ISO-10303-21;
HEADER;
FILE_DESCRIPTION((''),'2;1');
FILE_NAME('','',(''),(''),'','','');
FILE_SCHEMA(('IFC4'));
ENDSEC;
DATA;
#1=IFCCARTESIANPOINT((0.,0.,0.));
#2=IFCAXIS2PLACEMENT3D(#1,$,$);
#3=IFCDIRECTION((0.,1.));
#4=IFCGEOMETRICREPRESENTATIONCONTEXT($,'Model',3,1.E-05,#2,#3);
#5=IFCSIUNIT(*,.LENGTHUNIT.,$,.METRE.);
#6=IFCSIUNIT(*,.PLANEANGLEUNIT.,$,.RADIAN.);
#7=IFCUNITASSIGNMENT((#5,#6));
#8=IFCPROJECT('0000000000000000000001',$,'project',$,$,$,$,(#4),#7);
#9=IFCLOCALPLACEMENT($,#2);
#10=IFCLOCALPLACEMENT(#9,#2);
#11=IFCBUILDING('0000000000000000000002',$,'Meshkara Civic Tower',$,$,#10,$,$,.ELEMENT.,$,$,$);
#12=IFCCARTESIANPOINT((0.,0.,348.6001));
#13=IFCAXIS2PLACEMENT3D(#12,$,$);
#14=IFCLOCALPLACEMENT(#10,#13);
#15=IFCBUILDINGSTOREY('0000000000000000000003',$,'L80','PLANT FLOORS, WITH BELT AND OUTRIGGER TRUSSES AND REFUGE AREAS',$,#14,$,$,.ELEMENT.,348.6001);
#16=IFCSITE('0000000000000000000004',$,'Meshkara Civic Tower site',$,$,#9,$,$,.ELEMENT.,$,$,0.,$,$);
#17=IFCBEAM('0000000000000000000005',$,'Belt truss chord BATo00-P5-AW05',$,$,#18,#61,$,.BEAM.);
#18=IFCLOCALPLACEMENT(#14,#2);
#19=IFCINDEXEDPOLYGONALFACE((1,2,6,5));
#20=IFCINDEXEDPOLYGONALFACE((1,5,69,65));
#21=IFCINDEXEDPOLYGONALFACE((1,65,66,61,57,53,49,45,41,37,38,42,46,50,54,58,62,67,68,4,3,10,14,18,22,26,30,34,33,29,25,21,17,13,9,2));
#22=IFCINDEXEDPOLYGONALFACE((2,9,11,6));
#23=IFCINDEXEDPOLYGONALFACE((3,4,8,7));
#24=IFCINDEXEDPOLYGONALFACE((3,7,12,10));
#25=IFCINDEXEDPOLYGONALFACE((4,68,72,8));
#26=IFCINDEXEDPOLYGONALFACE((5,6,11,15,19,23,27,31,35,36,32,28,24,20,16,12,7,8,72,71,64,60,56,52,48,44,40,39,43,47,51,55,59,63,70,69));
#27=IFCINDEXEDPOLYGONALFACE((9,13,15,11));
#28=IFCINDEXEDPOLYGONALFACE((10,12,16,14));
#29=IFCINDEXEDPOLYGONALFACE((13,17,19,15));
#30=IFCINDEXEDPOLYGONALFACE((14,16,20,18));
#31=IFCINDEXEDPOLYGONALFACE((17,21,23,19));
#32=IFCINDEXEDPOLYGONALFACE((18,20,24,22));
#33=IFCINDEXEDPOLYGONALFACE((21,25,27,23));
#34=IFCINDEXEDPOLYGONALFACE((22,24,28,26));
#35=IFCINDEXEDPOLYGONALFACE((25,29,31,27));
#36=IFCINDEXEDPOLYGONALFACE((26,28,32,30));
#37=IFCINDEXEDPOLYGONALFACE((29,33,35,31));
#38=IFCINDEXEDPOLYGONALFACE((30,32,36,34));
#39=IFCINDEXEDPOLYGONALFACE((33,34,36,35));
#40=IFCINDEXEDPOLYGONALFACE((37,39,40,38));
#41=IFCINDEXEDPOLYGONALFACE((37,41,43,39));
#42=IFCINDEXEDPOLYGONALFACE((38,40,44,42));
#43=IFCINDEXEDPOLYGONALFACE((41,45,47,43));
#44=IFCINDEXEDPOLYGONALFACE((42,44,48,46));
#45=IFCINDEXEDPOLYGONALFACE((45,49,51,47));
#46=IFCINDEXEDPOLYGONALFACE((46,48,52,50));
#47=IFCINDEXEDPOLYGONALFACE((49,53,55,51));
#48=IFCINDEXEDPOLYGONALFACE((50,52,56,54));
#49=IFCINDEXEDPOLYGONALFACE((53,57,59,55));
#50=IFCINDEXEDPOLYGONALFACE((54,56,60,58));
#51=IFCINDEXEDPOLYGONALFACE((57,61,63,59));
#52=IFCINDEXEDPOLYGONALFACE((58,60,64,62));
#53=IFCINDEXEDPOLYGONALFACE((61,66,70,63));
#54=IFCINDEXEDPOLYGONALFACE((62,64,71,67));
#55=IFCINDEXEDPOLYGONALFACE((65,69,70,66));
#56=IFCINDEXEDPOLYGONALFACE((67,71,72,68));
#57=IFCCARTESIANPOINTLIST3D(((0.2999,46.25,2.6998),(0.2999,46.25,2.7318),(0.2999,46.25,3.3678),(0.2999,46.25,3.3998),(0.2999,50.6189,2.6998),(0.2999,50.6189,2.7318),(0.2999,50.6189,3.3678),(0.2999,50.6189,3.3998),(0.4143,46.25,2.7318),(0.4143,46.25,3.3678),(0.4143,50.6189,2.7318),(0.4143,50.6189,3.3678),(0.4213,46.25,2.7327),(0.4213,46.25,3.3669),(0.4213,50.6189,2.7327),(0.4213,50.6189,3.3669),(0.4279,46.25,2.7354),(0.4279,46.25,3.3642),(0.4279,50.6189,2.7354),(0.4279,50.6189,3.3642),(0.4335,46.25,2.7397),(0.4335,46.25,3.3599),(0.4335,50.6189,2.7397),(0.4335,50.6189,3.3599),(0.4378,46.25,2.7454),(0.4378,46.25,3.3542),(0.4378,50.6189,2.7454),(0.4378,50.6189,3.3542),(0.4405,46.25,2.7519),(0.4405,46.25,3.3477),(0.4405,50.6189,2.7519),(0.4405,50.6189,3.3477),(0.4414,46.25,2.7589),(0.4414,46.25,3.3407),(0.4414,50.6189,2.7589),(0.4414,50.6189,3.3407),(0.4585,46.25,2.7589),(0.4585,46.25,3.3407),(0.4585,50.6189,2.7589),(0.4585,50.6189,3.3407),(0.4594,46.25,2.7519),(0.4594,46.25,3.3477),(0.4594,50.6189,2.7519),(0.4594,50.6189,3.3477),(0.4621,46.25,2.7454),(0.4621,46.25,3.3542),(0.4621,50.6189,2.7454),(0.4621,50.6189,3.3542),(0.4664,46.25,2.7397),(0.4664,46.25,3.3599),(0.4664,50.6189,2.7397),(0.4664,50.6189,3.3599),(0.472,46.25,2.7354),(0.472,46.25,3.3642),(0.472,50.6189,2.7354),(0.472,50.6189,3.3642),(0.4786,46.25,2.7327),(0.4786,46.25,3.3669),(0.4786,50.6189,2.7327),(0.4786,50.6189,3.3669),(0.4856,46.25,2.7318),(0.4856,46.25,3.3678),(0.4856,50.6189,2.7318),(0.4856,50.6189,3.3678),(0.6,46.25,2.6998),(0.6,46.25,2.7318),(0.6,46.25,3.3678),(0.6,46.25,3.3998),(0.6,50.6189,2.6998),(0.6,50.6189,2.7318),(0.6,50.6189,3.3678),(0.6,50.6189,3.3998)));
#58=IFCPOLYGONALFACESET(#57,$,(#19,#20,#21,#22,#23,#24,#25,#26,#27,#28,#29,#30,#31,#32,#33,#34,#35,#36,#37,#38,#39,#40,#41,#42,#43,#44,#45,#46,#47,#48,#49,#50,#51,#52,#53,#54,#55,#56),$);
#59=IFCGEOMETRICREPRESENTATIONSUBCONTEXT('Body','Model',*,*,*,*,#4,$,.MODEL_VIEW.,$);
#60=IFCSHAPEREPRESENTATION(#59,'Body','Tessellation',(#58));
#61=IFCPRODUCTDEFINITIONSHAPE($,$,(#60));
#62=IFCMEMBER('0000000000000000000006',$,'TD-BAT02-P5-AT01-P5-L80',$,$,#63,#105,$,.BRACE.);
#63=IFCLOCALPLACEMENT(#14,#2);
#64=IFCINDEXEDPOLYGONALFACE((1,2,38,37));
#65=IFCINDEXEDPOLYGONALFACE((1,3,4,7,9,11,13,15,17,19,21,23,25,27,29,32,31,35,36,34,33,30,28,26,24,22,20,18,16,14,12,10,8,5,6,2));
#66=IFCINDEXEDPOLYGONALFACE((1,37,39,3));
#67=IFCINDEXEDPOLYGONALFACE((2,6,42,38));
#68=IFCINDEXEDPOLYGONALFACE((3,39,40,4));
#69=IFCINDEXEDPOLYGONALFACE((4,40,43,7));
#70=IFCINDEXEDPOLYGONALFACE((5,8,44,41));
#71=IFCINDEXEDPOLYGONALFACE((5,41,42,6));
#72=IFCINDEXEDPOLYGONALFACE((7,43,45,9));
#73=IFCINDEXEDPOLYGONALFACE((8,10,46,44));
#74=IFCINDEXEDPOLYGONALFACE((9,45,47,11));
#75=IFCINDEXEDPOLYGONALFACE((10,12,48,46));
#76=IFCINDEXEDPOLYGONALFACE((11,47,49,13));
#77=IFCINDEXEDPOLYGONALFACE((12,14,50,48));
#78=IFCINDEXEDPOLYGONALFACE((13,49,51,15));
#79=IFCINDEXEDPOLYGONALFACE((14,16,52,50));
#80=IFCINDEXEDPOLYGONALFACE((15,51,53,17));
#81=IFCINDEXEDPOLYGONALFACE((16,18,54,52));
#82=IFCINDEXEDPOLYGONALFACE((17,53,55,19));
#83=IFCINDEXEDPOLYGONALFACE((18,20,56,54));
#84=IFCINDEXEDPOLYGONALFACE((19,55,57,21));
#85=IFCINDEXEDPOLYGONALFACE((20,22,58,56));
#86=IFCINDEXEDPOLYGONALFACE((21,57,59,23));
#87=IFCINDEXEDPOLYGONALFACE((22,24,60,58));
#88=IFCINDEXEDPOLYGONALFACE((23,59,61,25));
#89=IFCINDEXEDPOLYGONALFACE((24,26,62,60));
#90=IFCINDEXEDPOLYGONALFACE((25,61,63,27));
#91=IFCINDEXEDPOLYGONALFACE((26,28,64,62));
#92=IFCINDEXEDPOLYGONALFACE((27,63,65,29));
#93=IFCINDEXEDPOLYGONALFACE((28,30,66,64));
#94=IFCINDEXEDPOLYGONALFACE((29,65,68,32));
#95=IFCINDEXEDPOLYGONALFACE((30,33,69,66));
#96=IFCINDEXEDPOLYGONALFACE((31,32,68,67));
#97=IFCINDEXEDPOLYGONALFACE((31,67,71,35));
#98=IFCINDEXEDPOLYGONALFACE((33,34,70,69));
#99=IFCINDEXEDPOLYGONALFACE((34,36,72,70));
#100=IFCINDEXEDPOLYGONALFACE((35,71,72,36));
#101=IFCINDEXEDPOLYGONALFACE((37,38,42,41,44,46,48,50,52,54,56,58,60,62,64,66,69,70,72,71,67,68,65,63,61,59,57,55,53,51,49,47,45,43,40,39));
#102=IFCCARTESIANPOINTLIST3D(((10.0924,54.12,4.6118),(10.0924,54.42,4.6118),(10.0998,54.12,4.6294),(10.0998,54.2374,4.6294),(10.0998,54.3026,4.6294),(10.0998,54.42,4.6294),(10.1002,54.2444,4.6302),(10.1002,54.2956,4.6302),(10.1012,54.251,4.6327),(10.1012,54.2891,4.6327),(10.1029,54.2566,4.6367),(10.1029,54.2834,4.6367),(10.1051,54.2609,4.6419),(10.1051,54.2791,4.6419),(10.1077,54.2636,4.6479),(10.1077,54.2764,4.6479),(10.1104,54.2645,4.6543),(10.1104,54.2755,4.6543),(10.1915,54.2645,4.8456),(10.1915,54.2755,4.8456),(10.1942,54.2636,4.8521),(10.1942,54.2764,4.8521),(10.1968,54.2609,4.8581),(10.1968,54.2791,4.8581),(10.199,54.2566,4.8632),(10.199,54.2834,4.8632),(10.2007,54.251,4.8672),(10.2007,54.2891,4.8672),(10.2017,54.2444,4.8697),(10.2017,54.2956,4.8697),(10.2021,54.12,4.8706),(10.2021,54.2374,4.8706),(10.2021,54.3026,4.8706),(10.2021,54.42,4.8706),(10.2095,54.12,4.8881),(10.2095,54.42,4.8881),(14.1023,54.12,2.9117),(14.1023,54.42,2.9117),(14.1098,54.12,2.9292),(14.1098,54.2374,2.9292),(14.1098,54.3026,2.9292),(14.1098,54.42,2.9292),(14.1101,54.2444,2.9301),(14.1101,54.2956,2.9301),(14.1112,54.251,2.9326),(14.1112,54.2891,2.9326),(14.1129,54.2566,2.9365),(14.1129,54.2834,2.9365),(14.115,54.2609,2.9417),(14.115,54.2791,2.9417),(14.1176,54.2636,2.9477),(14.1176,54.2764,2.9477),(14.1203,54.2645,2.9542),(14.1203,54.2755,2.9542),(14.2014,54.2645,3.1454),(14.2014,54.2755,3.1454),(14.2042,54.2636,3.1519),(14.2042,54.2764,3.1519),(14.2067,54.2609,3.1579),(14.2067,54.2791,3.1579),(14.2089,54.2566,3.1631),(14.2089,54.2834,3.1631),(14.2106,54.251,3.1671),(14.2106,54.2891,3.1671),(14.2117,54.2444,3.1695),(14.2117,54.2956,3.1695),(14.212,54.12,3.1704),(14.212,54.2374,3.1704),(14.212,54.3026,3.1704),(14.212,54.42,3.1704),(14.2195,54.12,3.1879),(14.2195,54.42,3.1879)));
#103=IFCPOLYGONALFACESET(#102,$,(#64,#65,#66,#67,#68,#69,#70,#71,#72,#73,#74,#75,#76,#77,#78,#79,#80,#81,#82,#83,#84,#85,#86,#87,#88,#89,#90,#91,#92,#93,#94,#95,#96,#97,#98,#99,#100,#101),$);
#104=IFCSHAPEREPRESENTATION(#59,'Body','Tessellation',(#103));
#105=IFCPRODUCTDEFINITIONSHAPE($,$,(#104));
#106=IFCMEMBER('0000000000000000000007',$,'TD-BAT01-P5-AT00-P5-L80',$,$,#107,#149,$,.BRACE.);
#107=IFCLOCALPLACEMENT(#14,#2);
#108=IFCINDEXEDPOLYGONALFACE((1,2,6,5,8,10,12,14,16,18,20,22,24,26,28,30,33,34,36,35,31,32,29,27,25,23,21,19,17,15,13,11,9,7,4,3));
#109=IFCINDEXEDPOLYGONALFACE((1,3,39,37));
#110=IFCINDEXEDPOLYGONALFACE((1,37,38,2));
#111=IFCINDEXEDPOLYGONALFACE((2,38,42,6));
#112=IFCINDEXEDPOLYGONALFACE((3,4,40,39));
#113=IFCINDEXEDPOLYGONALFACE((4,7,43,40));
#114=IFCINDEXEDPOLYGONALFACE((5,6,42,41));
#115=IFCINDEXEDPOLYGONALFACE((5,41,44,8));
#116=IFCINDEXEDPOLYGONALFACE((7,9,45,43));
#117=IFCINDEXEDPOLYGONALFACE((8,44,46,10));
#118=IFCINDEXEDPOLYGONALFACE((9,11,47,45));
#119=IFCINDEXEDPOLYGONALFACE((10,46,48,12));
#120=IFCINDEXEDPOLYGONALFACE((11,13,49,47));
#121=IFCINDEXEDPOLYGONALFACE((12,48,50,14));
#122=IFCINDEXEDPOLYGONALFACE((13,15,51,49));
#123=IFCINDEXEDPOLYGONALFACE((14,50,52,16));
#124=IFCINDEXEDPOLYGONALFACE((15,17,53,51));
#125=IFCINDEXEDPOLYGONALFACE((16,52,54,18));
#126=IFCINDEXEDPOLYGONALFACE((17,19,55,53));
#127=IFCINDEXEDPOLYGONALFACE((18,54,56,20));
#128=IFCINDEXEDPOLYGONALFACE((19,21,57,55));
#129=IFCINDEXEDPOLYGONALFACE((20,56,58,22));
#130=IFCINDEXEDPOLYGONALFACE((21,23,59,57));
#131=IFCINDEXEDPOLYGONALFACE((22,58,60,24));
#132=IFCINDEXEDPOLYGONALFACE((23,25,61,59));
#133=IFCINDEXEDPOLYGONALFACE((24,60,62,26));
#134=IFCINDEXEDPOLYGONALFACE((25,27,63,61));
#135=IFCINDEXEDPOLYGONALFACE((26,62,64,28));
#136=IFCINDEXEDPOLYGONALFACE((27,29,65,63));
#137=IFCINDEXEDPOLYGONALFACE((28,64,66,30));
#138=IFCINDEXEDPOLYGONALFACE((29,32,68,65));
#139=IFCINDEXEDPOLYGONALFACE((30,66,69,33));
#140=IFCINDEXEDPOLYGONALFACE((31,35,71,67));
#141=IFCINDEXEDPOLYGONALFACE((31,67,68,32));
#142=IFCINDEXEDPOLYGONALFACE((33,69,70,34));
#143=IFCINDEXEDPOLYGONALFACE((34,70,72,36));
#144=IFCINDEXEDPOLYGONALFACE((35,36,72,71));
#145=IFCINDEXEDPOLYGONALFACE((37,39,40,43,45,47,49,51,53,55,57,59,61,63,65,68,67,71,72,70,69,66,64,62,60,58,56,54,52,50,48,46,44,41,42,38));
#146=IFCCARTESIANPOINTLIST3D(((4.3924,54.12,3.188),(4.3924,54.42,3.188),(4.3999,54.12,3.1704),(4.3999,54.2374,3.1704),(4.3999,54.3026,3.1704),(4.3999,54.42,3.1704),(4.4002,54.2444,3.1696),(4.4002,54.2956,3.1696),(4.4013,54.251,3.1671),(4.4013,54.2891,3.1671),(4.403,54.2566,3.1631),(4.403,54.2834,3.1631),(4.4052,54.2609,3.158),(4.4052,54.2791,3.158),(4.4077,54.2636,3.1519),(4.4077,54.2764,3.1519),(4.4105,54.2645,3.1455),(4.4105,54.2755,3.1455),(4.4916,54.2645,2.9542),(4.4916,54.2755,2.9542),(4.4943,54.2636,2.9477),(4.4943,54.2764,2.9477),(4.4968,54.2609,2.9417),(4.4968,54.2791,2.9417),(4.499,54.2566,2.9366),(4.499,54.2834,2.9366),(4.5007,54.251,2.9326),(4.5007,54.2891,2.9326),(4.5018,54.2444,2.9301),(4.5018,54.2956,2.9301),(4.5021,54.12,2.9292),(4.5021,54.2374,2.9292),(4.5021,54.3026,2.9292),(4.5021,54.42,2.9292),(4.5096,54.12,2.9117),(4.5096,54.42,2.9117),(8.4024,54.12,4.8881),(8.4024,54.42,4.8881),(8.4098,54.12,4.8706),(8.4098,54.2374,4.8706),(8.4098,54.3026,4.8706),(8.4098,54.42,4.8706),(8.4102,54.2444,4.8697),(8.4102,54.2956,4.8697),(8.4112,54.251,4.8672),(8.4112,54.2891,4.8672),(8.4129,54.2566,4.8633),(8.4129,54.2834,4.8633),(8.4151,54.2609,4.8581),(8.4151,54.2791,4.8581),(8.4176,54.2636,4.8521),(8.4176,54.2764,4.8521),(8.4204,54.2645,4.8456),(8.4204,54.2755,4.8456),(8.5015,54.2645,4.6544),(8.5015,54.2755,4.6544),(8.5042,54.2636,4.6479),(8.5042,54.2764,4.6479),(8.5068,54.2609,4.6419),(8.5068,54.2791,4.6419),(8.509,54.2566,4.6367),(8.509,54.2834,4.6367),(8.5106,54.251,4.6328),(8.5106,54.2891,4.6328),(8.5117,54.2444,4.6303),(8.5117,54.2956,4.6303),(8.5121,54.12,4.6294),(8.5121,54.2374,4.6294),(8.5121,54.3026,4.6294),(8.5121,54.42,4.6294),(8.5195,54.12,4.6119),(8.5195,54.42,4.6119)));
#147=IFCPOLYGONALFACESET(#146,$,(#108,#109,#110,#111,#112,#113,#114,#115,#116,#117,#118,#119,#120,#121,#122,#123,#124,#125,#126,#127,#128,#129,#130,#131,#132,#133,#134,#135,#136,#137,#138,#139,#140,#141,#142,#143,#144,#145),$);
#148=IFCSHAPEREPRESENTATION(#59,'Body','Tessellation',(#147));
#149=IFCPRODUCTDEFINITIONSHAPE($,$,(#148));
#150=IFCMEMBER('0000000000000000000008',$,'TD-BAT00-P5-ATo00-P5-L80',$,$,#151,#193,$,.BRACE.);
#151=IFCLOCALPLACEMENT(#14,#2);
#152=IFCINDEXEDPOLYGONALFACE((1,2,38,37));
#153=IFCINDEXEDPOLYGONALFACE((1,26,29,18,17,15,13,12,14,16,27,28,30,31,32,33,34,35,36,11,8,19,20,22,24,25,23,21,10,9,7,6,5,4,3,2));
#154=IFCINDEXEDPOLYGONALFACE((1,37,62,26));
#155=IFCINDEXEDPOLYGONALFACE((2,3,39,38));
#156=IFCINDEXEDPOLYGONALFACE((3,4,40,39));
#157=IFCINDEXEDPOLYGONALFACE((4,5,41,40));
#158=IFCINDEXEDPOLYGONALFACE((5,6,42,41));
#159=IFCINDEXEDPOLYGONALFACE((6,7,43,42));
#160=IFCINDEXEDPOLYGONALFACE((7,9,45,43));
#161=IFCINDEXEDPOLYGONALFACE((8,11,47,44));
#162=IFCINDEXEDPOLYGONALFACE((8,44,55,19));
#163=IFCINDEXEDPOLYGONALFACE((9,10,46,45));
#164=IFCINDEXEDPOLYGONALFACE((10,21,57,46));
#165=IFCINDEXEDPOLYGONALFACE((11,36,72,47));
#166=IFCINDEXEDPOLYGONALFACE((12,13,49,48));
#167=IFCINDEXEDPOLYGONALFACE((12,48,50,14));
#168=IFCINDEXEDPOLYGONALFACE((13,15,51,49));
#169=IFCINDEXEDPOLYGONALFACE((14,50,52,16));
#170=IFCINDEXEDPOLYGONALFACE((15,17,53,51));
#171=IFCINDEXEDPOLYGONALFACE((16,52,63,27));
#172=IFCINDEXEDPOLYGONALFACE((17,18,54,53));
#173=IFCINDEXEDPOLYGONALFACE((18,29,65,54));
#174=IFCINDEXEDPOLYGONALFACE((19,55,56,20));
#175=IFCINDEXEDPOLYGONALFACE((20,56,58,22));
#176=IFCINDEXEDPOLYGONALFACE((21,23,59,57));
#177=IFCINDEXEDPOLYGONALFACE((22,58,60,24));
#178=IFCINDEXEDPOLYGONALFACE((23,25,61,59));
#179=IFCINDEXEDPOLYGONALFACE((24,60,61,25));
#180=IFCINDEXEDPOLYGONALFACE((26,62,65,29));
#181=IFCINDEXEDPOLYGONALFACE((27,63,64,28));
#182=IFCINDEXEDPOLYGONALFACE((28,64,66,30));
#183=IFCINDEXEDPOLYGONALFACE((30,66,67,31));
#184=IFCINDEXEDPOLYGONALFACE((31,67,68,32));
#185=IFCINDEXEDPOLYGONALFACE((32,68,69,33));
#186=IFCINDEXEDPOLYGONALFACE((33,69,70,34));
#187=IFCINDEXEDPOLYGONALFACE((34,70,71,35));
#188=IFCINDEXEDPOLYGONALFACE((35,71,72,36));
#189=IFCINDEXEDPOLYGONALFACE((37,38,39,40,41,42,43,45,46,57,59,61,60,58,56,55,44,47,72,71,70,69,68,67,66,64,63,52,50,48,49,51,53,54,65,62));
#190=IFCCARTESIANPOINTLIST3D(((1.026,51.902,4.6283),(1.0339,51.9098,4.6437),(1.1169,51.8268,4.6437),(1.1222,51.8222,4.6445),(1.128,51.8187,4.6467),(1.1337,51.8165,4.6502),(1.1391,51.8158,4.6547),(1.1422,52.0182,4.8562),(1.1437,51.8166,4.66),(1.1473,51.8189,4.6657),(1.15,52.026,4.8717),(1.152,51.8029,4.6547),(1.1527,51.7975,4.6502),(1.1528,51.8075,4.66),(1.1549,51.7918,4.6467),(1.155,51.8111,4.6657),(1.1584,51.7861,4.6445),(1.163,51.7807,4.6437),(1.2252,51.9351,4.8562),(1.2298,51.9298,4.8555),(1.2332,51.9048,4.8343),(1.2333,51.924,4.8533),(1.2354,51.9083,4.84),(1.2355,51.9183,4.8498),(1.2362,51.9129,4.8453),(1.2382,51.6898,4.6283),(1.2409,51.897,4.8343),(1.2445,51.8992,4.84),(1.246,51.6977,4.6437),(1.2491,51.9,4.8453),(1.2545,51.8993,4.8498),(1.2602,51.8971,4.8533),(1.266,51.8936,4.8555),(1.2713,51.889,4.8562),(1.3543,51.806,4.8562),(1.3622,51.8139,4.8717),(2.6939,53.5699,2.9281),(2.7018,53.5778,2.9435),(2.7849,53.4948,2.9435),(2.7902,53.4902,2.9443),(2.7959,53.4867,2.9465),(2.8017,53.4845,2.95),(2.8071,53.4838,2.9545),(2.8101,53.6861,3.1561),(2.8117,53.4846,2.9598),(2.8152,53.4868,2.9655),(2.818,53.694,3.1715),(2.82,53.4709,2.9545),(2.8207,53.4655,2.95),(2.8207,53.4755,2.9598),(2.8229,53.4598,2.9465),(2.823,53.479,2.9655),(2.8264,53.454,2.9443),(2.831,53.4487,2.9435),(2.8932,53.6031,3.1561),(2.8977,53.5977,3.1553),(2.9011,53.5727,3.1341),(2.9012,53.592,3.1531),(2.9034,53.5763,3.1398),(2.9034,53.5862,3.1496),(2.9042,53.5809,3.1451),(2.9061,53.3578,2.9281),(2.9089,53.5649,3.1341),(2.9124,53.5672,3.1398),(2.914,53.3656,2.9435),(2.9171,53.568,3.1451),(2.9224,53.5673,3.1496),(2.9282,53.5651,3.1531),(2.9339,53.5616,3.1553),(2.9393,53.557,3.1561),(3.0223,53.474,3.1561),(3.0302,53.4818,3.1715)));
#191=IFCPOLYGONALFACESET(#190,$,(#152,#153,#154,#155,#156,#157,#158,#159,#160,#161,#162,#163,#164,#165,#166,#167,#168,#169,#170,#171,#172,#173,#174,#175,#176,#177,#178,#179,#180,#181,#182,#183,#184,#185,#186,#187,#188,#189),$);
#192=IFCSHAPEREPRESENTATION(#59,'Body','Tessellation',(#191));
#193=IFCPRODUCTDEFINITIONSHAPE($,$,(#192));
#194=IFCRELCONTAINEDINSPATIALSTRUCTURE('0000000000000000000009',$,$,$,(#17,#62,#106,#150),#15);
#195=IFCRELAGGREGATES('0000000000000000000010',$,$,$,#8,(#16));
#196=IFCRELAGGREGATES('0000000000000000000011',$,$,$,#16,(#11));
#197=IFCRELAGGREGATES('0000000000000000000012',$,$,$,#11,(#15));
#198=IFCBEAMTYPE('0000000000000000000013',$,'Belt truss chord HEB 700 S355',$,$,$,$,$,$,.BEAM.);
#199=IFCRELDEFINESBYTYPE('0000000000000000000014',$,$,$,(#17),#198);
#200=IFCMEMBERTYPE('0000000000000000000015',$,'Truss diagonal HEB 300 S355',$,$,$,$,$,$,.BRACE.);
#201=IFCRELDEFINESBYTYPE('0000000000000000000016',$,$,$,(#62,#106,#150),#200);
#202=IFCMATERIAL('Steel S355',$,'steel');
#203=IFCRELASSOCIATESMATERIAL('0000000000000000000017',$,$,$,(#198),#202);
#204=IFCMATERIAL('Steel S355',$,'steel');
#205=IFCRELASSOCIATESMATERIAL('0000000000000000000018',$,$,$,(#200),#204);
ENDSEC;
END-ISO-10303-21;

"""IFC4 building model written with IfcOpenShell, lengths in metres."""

from ifc_helpers import new_model, si_unit, direction, frame, origin, origin_2d, place, context, subcontext, project, spatial, i_section, extrude, material, material_profile, profile_set, type_object, element, save


model = new_model("IFC4")

# Units and contexts
model_context = context("Model", 3, precision=1e-05, world=origin(), true_north=direction((0.0, 1.0)))
body_context = subcontext(model_context, "Body", "Model", "MODEL_VIEW")
ifc_project = project(units=[si_unit("LENGTHUNIT", "METRE"), si_unit("PLANEANGLEUNIT", "RADIAN")], contexts=[model_context])

# Site, building, storey
site_placement = place(None, origin())
site = spatial("IfcSite", under=ifc_project, at=site_placement, Name="Meshkara Civic Tower site", CompositionType="ELEMENT", RefElevation=0.0)
building_placement = place(site_placement, origin())
building = spatial("IfcBuilding", under=site, at=building_placement, Name="Meshkara Civic Tower", CompositionType="ELEMENT")
storey_placement = place(building_placement, frame((0.0, 0.0, 348.6001)))
storey = spatial("IfcBuildingStorey", under=building, at=storey_placement, Name="L80", Description="PLANT FLOORS, WITH BELT AND OUTRIGGER TRUSSES AND REFUGE AREAS", CompositionType="ELEMENT", Elevation=348.6001)

# Beam
ifc_material_1 = material(Name="Steel S355", Category="steel")
ifc_material_profile_1 = material_profile(ifc_material_1, i_section(OverallWidth=0.3, OverallDepth=0.7, WebThickness=0.0171, FlangeThickness=0.032, FilletRadius=0.0271, at=origin_2d()))
ifc_profile_set_1 = profile_set([ifc_material_profile_1], Name="Steel S355")
beam_type = type_object("IfcBeamType", Name="Belt truss chord HEB 700 S355", PredefinedType="BEAM", material=ifc_profile_set_1)
for number, where, z_axis, x_axis, name in (
    (1, (0.45, 50.6189, 3.0498), (0.0, -1.0, 0.0), (1.0, 0.0, 0.0), "Belt truss chord BATo00-P5-AW05"),
):
    element("IfcBeam", number, at=place(storey_placement, frame(where, z_axis=z_axis, x_axis=x_axis)), inside=storey, type_object=beam_type, Name=name, PredefinedType="BEAM", context=body_context, shape_type="SweptSolid", body=[
        extrude(i_section(OverallWidth=0.3, OverallDepth=0.7, WebThickness=0.0171, FlangeThickness=0.032, FilletRadius=0.0271, at=origin_2d()), origin(), (0.0, 0.0, 1.0), 4.3689),
    ])

# Members
ifc_material_2 = material(Name="Steel S355", Category="steel")
ifc_material_profile_2 = material_profile(ifc_material_2, i_section(OverallWidth=0.3, OverallDepth=0.3, WebThickness=0.011, FlangeThickness=0.019, FilletRadius=0.0271, at=origin_2d()))
ifc_profile_set_2 = profile_set([ifc_material_profile_2], Name="Steel S355")
member_type = type_object("IfcMemberType", Name="Truss diagonal HEB 300 S355", PredefinedType="BRACE", material=ifc_profile_set_2)
for number, where, z_axis, x_axis, name in (
    (2, (14.1609, 54.27, 3.0498), (-0.920666, 0.0, 0.390351), (0.0, -1.0, 0.0), "TD-BAT02-P5-AT01-P5-L80"),
    (3, (8.4609, 54.27, 4.75), (-0.920666, 0.0, -0.390351), (0.0, -1.0, 0.0), "TD-BAT01-P5-AT00-P5-L80"),
):
    element("IfcMember", number, at=place(storey_placement, frame(where, z_axis=z_axis, x_axis=x_axis)), inside=storey, type_object=member_type, Name=name, PredefinedType="BRACE", context=body_context, shape_type="SweptSolid", body=[
        extrude(i_section(OverallWidth=0.3, OverallDepth=0.3, WebThickness=0.011, FlangeThickness=0.019, FilletRadius=0.0271, at=origin_2d()), origin(), (0.0, 0.0, 1.0), 4.3555),
    ])
member_1_placement = place(storey_placement, frame((2.8621, 53.5259, 3.0498), z_axis=(-0.573632, -0.573632, 0.584715), x_axis=(0.707107, -0.707107, 0.0)))
element("IfcMember", 4, at=member_1_placement, inside=storey, type_object=member_type, Name="TD-BAT00-P5-ATo00-P5-L80", PredefinedType="BRACE", context=body_context, shape_type="SweptSolid", body=[
    extrude(i_section(OverallWidth=0.3, OverallDepth=0.3, WebThickness=0.011, FlangeThickness=0.019, FilletRadius=0.0271, at=origin_2d()), origin(), (0.0, 0.0, 1.0), 2.9077),
])

save(model, "model.ifc")
